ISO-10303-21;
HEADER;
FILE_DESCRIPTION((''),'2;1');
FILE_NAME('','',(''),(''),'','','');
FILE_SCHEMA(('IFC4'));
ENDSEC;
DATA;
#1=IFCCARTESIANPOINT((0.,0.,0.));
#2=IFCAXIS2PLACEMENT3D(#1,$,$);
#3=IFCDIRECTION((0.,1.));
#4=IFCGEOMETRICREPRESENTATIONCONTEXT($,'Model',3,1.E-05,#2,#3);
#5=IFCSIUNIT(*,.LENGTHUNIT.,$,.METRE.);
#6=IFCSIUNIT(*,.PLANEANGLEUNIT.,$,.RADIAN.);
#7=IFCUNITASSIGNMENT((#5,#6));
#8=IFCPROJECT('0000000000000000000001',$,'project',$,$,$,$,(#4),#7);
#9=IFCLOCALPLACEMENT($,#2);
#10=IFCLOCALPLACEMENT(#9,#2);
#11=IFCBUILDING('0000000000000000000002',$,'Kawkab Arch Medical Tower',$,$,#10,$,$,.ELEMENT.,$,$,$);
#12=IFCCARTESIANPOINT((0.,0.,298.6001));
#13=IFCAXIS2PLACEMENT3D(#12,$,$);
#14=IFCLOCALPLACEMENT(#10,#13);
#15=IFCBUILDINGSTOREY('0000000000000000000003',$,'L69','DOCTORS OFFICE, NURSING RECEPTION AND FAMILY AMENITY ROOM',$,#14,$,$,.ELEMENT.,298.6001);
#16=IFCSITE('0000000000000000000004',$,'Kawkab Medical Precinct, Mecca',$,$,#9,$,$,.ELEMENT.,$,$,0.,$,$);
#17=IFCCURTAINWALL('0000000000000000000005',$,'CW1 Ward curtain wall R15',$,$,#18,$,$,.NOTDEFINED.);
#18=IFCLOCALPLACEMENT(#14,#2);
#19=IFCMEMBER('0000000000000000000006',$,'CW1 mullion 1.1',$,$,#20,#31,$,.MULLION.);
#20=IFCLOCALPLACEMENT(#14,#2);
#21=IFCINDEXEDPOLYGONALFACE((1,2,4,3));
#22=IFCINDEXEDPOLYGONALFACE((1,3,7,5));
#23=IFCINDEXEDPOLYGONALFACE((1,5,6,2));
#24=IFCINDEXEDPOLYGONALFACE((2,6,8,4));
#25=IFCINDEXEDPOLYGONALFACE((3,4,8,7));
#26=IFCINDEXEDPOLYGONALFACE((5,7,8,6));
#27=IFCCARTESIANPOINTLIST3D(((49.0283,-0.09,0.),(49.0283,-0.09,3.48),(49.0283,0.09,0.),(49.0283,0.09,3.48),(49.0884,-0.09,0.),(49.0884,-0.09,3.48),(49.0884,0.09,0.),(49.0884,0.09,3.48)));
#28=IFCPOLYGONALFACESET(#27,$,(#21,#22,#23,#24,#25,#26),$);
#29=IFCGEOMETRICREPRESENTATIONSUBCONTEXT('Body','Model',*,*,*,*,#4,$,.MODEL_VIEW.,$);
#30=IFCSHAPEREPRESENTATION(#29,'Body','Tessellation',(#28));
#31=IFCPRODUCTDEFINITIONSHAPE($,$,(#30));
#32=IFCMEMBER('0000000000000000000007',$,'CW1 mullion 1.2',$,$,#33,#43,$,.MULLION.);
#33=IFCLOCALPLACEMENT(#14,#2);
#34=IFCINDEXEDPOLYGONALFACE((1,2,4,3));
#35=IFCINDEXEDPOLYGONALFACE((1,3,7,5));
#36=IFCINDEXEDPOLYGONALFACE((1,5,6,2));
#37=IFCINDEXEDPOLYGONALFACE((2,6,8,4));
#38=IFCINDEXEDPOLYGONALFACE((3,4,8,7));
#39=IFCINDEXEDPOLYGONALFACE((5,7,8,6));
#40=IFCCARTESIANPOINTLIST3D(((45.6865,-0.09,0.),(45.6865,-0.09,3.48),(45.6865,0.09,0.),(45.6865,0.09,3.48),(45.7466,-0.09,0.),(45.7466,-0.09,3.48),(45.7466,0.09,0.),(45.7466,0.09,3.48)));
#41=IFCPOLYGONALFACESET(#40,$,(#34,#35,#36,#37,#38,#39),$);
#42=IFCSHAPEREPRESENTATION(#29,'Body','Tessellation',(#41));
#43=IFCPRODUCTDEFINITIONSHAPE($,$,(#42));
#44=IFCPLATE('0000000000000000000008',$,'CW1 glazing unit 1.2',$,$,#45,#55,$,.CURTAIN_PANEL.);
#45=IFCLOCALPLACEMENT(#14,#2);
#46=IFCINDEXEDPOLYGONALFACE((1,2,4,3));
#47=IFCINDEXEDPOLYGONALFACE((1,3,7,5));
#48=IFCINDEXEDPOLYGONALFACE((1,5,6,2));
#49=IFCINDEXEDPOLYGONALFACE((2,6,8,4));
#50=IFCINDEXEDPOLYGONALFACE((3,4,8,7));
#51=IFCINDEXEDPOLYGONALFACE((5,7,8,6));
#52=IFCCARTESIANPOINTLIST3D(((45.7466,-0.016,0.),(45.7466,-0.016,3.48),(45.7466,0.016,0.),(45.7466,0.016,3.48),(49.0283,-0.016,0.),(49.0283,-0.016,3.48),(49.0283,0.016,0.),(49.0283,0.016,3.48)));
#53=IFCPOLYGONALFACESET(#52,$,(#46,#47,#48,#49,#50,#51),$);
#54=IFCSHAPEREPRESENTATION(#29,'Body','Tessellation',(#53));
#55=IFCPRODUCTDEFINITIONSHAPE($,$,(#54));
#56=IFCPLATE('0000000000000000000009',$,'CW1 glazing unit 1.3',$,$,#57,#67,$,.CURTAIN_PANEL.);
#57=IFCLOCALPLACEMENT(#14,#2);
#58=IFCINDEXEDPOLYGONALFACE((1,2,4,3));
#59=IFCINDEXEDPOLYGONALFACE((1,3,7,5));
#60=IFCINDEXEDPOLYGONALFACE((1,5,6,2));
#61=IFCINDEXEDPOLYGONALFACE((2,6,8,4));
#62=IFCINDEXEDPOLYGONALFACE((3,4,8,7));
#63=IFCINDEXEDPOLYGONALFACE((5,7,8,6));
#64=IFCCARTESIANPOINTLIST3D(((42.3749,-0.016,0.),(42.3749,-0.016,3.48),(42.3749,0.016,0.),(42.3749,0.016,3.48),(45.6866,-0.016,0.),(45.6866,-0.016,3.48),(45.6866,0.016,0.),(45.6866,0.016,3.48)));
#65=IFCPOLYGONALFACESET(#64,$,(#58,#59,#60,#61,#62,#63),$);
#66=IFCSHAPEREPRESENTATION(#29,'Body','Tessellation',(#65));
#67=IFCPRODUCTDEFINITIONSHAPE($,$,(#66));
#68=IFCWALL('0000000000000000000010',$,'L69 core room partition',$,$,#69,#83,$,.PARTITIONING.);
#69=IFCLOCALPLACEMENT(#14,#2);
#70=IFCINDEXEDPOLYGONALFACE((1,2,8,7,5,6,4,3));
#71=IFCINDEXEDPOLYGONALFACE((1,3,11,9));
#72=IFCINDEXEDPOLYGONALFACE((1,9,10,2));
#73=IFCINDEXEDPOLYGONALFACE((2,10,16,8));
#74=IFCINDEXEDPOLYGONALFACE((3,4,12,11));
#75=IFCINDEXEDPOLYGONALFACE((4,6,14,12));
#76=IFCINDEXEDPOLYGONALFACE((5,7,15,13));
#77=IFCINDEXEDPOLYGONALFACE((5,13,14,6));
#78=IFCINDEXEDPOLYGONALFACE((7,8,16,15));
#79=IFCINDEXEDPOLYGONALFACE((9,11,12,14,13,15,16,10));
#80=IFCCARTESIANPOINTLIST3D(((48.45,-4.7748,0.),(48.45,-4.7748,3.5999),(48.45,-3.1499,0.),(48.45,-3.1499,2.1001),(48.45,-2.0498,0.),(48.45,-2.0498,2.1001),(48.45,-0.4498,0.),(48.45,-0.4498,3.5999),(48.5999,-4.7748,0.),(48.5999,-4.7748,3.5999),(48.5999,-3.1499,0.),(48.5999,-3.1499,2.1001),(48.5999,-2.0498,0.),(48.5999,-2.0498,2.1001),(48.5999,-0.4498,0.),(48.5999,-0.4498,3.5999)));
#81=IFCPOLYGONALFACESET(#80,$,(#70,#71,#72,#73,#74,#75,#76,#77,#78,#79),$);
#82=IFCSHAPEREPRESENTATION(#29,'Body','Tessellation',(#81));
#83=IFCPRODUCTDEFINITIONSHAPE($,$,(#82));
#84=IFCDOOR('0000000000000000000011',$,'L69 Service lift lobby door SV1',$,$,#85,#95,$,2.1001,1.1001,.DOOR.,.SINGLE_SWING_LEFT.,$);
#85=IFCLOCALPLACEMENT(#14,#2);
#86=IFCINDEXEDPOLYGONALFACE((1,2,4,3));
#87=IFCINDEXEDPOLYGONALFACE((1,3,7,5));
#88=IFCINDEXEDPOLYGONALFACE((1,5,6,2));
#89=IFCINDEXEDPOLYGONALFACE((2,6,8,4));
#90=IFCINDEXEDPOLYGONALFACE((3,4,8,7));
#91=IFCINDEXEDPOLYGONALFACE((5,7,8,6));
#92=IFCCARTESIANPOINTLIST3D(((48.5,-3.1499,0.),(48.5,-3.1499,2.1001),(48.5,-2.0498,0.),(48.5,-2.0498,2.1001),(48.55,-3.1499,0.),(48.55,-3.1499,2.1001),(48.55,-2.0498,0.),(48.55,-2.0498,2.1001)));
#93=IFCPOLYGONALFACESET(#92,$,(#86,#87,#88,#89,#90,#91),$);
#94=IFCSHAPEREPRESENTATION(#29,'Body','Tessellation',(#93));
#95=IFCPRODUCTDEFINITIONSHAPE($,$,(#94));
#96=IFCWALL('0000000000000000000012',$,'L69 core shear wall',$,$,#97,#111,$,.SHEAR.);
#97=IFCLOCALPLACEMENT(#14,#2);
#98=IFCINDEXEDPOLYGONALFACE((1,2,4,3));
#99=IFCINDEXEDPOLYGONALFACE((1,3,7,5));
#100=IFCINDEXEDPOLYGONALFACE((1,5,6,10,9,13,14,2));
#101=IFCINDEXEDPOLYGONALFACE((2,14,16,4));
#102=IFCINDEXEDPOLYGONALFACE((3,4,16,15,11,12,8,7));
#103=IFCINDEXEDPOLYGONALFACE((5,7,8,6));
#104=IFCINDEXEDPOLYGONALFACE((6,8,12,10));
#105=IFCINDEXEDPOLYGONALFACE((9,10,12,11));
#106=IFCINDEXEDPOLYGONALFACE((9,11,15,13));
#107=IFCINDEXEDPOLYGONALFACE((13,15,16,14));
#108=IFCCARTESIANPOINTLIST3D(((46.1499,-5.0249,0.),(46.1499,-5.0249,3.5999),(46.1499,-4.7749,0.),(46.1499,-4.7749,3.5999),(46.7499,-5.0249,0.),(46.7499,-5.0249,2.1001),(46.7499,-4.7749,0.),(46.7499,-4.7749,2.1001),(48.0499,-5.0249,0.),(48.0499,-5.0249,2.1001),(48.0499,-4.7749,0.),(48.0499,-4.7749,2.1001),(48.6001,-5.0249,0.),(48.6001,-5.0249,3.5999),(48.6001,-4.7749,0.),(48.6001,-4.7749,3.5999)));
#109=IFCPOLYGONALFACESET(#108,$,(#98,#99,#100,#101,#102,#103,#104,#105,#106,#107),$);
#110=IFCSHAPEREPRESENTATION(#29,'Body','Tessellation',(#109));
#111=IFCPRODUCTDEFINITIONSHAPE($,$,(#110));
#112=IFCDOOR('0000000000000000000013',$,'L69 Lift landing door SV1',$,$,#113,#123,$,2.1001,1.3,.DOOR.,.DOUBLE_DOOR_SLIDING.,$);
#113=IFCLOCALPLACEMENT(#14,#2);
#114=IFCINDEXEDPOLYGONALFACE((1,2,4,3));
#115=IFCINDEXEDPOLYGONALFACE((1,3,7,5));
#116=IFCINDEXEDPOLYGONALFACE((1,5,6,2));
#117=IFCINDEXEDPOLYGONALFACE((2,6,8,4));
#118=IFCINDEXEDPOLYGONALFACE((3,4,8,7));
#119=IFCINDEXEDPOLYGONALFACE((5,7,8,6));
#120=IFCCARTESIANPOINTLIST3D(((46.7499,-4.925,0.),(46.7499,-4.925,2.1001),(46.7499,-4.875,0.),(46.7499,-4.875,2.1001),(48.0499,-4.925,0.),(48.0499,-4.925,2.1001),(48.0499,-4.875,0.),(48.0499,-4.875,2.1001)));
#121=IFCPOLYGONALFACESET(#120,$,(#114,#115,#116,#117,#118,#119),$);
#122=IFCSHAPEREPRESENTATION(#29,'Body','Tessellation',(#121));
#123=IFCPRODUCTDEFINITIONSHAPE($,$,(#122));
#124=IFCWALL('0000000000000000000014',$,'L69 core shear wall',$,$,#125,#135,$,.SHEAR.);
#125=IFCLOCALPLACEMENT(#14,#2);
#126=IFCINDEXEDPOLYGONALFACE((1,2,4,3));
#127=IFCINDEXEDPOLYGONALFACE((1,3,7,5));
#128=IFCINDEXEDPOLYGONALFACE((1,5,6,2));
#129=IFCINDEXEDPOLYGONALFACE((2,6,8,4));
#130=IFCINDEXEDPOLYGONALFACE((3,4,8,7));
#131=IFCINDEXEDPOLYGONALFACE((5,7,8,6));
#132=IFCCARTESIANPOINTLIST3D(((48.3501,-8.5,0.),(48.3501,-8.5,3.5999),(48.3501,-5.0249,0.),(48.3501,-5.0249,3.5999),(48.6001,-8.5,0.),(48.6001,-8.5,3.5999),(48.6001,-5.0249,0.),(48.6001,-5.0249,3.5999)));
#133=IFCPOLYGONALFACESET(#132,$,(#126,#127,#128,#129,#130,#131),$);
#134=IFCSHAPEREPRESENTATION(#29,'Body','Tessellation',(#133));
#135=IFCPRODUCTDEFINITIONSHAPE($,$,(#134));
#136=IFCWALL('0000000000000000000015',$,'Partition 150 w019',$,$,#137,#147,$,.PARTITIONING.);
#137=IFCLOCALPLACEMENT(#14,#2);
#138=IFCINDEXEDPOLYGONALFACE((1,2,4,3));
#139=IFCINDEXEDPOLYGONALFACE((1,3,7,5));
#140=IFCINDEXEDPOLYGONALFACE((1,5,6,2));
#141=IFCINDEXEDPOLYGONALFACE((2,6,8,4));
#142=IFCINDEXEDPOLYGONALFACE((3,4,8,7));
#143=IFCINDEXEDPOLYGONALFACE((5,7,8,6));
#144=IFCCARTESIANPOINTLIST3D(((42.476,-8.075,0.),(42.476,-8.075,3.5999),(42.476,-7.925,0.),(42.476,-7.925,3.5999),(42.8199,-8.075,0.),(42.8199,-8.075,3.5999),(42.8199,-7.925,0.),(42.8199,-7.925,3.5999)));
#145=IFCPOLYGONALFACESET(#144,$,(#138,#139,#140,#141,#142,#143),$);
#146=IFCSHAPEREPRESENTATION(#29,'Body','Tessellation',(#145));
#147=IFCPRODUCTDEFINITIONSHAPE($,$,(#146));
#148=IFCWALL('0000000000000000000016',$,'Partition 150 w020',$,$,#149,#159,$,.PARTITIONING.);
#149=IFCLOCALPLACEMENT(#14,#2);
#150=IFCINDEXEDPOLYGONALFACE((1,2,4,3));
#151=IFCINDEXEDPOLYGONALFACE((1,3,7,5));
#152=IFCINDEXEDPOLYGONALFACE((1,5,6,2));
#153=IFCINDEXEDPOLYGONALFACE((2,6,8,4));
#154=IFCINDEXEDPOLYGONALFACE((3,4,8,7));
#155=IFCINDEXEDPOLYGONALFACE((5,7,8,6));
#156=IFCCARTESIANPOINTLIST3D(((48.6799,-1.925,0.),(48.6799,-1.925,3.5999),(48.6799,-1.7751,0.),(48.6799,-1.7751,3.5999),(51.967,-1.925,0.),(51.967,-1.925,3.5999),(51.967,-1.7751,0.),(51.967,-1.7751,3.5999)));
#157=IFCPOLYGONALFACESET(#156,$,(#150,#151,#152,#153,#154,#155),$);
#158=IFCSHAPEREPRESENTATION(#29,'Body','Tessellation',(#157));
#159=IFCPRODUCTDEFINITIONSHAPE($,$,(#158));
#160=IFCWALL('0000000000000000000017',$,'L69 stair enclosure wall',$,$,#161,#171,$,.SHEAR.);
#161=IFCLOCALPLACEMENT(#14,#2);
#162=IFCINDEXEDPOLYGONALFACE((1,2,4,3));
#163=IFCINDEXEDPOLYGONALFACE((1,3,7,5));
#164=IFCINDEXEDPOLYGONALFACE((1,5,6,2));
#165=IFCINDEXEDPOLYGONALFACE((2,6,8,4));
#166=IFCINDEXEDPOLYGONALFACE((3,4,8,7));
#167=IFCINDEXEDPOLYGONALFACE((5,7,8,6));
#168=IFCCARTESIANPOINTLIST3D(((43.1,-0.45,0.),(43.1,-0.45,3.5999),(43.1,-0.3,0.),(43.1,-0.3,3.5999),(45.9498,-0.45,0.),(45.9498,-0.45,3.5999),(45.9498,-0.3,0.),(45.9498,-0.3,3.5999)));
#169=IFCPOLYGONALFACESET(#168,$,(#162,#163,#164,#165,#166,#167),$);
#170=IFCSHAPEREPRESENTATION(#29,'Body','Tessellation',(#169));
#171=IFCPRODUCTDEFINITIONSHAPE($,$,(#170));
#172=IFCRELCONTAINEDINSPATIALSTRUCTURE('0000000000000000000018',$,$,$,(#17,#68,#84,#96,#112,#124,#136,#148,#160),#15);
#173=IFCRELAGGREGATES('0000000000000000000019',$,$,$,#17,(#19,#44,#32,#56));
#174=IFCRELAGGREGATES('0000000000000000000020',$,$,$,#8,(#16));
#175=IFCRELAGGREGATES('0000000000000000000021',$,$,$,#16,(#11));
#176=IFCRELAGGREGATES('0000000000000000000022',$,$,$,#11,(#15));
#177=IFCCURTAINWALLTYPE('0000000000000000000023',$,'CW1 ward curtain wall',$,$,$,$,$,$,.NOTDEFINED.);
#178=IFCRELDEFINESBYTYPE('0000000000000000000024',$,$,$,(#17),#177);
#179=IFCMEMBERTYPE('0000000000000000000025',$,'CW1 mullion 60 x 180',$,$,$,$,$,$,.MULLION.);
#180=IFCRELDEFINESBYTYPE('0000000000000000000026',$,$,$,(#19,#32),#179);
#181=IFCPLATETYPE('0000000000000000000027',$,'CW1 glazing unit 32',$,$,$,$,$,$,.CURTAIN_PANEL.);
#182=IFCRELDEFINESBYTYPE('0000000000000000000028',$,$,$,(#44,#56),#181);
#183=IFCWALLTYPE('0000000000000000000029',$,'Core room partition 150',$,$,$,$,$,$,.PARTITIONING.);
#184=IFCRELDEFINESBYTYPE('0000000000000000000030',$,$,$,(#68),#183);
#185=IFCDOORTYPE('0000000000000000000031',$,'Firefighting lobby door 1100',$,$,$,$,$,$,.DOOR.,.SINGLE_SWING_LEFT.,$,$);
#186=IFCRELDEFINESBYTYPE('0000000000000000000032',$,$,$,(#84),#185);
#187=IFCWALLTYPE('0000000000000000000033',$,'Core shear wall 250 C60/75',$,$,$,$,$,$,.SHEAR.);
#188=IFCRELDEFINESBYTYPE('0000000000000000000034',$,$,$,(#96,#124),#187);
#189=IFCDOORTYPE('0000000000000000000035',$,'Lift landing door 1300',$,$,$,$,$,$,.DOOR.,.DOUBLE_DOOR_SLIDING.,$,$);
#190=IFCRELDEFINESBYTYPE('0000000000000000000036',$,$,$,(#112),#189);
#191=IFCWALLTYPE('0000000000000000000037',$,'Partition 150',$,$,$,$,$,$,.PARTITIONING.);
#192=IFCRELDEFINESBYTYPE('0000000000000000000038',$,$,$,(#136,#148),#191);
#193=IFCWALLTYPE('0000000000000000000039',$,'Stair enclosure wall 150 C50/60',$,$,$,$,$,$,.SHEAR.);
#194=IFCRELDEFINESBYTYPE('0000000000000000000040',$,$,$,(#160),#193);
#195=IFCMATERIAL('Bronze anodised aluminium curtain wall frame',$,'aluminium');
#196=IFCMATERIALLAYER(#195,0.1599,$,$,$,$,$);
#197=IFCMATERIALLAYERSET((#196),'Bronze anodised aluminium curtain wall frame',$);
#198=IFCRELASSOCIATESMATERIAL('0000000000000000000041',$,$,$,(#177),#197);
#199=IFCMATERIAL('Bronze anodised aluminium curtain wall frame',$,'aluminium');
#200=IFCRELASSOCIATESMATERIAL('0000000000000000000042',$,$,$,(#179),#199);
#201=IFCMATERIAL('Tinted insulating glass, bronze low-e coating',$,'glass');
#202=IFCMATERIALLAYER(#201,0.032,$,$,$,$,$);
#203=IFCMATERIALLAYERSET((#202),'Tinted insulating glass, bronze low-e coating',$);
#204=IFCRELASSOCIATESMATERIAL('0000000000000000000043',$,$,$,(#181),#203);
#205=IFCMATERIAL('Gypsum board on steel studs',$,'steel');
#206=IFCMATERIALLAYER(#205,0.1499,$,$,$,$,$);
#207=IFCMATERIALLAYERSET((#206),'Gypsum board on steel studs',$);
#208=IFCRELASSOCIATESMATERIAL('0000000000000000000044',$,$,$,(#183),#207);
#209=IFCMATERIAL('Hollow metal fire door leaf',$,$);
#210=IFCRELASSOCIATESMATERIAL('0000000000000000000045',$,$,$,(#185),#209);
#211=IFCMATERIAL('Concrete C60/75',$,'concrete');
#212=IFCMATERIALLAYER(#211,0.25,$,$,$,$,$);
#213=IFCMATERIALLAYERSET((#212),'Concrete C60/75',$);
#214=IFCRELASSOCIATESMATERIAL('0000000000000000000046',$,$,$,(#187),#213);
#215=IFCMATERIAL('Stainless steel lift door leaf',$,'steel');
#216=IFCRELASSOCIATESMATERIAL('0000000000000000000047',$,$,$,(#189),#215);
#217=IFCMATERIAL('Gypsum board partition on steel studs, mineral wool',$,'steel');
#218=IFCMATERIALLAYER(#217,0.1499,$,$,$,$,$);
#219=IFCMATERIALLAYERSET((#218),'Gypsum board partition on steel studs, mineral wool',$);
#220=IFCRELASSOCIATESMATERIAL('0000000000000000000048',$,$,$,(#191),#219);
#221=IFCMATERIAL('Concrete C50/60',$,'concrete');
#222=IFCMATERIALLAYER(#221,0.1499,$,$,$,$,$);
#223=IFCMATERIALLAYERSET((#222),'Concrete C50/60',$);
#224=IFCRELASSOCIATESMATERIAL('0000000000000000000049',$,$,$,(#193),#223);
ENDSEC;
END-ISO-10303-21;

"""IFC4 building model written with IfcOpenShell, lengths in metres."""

from ifc_helpers import new_model, si_unit, direction, frame, frame_2d, origin, origin_2d, place, context, subcontext, project, spatial, rectangle, extrude, material, layer, layer_set, material_profile, profile_set, type_object, element, fill, aggregate, save


model = new_model("IFC4")

# Units and contexts
model_context = context("Model", 3, precision=1e-05, world=origin(), true_north=direction((0.0, 1.0)))
body_context = subcontext(model_context, "Body", "Model", "MODEL_VIEW")
ifc_project = project(units=[si_unit("LENGTHUNIT", "METRE"), si_unit("PLANEANGLEUNIT", "RADIAN")], contexts=[model_context])

# Site, building, storey
site_placement = place(None, origin())
site = spatial("IfcSite", under=ifc_project, at=site_placement, Name="Kawkab Medical Precinct, Mecca", CompositionType="ELEMENT", RefElevation=0.0)
building_placement = place(site_placement, origin())
building = spatial("IfcBuilding", under=site, at=building_placement, Name="Kawkab Arch Medical Tower", CompositionType="ELEMENT")
storey_placement = place(building_placement, frame((0.0, 0.0, 298.6001)))
storey = spatial("IfcBuildingStorey", under=building, at=storey_placement, Name="L69", Description="DOCTORS OFFICE, NURSING RECEPTION AND FAMILY AMENITY ROOM", CompositionType="ELEMENT", Elevation=298.6001)

# Curtain wall, members, plates
ifc_material_1 = material(Name="Bronze anodised aluminium curtain wall frame", Category="aluminium")
ifc_layer_1 = layer(ifc_material_1, 0.1599)
ifc_layer_set_1 = layer_set([ifc_layer_1], Name="Bronze anodised aluminium curtain wall frame")
curtain_wall_type = type_object("IfcCurtainWallType", Name="CW1 ward curtain wall", PredefinedType="NOTDEFINED", material=ifc_layer_set_1)
placement = place(storey_placement, origin())
curtain_wall = element("IfcCurtainWall", 1, at=placement, inside=storey, type_object=curtain_wall_type, Name="CW1 Ward curtain wall R15", PredefinedType="NOTDEFINED")
ifc_material_2 = material(Name="Bronze anodised aluminium curtain wall frame", Category="aluminium")
ifc_material_profile_1 = material_profile(ifc_material_2, rectangle(XDim=0.1799, YDim=0.0601, at=origin_2d()), Name="AL 60x180")
ifc_profile_set_1 = profile_set([ifc_material_profile_1], Name="Bronze anodised aluminium curtain wall frame")
member_type = type_object("IfcMemberType", Name="CW1 mullion 60 x 180", PredefinedType="MULLION", material=ifc_profile_set_1)
member_1_placement = place(storey_placement, frame((49.0583, 0.0, 0.0), z_axis=(0.0, 0.0, 1.0), x_axis=(0.0, -1.0, 0.0)))
member_1 = element("IfcMember", 2, at=member_1_placement, type_object=member_type, Name="CW1 mullion 1.1", PredefinedType="MULLION", context=body_context, shape_type="SweptSolid", body=[
    extrude(rectangle(XDim=0.1799, YDim=0.0601, at=origin_2d()), origin(), (0.0, 0.0, 1.0), 3.48),
])
member_2_placement = place(storey_placement, frame((45.7166, 0.0, 0.0), z_axis=(0.0, 0.0, 1.0), x_axis=(0.0, -1.0, 0.0)))
member_2 = element("IfcMember", 3, at=member_2_placement, type_object=member_type, Name="CW1 mullion 1.2", PredefinedType="MULLION", context=body_context, shape_type="SweptSolid", body=[
    extrude(rectangle(XDim=0.1799, YDim=0.0601, at=origin_2d()), origin(), (0.0, 0.0, 1.0), 3.48),
])
ifc_material_3 = material(Name="Tinted insulating glass, bronze low-e coating", Category="glass")
ifc_layer_2 = layer(ifc_material_3, 0.032)
ifc_layer_set_2 = layer_set([ifc_layer_2], Name="Tinted insulating glass, bronze low-e coating")
plate_type = type_object("IfcPlateType", Name="CW1 glazing unit 32", PredefinedType="CURTAIN_PANEL", material=ifc_layer_set_2)
plate_1_placement = place(storey_placement, frame((47.3875, 0.0, 0.0), z_axis=(0.0, 0.0, 1.0), x_axis=(-1.0, 0.0, 0.0)))
plate_1 = element("IfcPlate", 4, at=plate_1_placement, type_object=plate_type, Name="CW1 glazing unit 1.2", PredefinedType="CURTAIN_PANEL", context=body_context, shape_type="SweptSolid", body=[
    extrude(rectangle(XDim=3.2817, YDim=0.032, at=origin_2d()), origin(), (0.0, 0.0, 1.0), 3.48),
])
plate_2_placement = place(storey_placement, frame((44.0308, 0.0, 0.0), z_axis=(0.0, 0.0, 1.0), x_axis=(-1.0, 0.0, 0.0)))
plate_2 = element("IfcPlate", 5, at=plate_2_placement, type_object=plate_type, Name="CW1 glazing unit 1.3", PredefinedType="CURTAIN_PANEL", context=body_context, shape_type="SweptSolid", body=[
    extrude(rectangle(XDim=3.3118, YDim=0.032, at=origin_2d()), origin(), (0.0, 0.0, 1.0), 3.48),
])
aggregate(curtain_wall, [member_1, plate_1, member_2, plate_2])

# Walls, openings, doors
ifc_material_4 = material(Name="Gypsum board on steel studs", Category="steel")
ifc_layer_3 = layer(ifc_material_4, 0.1499)
ifc_layer_set_3 = layer_set([ifc_layer_3], Name="Gypsum board on steel studs")
wall_type_1 = type_object("IfcWallType", Name="Core room partition 150", PredefinedType="PARTITIONING", material=ifc_layer_set_3)
wall_1_placement = place(storey_placement, frame((48.5249, -4.7749, 0.0), z_axis=(0.0, 0.0, 1.0), x_axis=(0.0, 1.0, 0.0)))
wall_1 = element("IfcWall", 6, at=wall_1_placement, inside=storey, type_object=wall_type_1, Name="L69 core room partition", PredefinedType="PARTITIONING", context=body_context, shape_type="SweptSolid", body=[
    extrude(rectangle(XDim=4.325, YDim=0.1499, at=frame_2d((2.1626, 0.0))), origin(), (0.0, 0.0, 1.0), 3.5999),
])
opening_1_placement = place(wall_1_placement, frame((1.625, 0.0, 0.0)))
opening_1 = element("IfcOpeningElement", 7, at=opening_1_placement, cuts=wall_1, PredefinedType="OPENING", context=body_context, shape_type="SweptSolid", body=[
    extrude(rectangle(XDim=1.1001, YDim=2.1001, at=frame_2d((0.55, 1.05))), frame((0.0, 0.085, 0.0), z_axis=(0.0, -1.0, 0.0), x_axis=(1.0, 0.0, 0.0)), (0.0, 0.0, 1.0), 0.1699),
])
ifc_material_5 = material(Name="Hollow metal fire door leaf")
door_type_1 = type_object("IfcDoorType", Name="Firefighting lobby door 1100", OperationType="SINGLE_SWING_LEFT", PredefinedType="DOOR", material=ifc_material_5)
door_1_placement = place(opening_1_placement, origin())
door_1 = element("IfcDoor", 8, at=door_1_placement, inside=storey, type_object=door_type_1, Name="L69 Service lift lobby door SV1", OperationType="SINGLE_SWING_LEFT", OverallHeight=2.1001, OverallWidth=1.1001, PredefinedType="DOOR", context=body_context, shape_type="SweptSolid", body=[
    extrude(rectangle(XDim=1.1001, YDim=2.1001, at=frame_2d((0.55, 1.05))), frame((0.0, 0.0249, 0.0), z_axis=(0.0, -1.0, 0.0), x_axis=(1.0, 0.0, 0.0)), (0.0, 0.0, 1.0), 0.05),
])
fill(opening_1, door_1)
ifc_material_6 = material(Name="Concrete C60/75", Category="concrete")
ifc_layer_4 = layer(ifc_material_6, 0.25)
ifc_layer_set_4 = layer_set([ifc_layer_4], Name="Concrete C60/75")
wall_type_2 = type_object("IfcWallType", Name="Core shear wall 250 C60/75", PredefinedType="SHEAR", material=ifc_layer_set_4)
wall_2_placement = place(storey_placement, frame((46.1499, -4.8999, 0.0), z_axis=(0.0, 0.0, 1.0), x_axis=(1.0, 0.0, 0.0)))
wall_2 = element("IfcWall", 9, at=wall_2_placement, inside=storey, type_object=wall_type_2, Name="L69 core shear wall", PredefinedType="SHEAR", context=body_context, shape_type="SweptSolid", body=[
    extrude(rectangle(XDim=2.4502, YDim=0.25, at=frame_2d((1.2251, 0.0))), origin(), (0.0, 0.0, 1.0), 3.5999),
])
opening_2_placement = place(wall_2_placement, frame((0.6001, 0.0, 0.0)))
opening_2 = element("IfcOpeningElement", 10, at=opening_2_placement, cuts=wall_2, PredefinedType="OPENING", context=body_context, shape_type="SweptSolid", body=[
    extrude(rectangle(XDim=1.3, YDim=2.1001, at=frame_2d((0.6499, 1.05))), frame((0.0, 0.135, 0.0), z_axis=(0.0, -1.0, 0.0), x_axis=(1.0, 0.0, 0.0)), (0.0, 0.0, 1.0), 0.27),
])
ifc_material_7 = material(Name="Stainless steel lift door leaf", Category="steel")
door_type_2 = type_object("IfcDoorType", Name="Lift landing door 1300", OperationType="DOUBLE_DOOR_SLIDING", PredefinedType="DOOR", material=ifc_material_7)
door_2_placement = place(opening_2_placement, origin())
door_2 = element("IfcDoor", 11, at=door_2_placement, inside=storey, type_object=door_type_2, Name="L69 Lift landing door SV1", OperationType="DOUBLE_DOOR_SLIDING", OverallHeight=2.1001, OverallWidth=1.3, PredefinedType="DOOR", context=body_context, shape_type="SweptSolid", body=[
    extrude(rectangle(XDim=1.3, YDim=2.1001, at=frame_2d((0.6499, 1.05))), frame((0.0, 0.0249, 0.0), z_axis=(0.0, -1.0, 0.0), x_axis=(1.0, 0.0, 0.0)), (0.0, 0.0, 1.0), 0.05),
])
fill(opening_2, door_2)

# Walls
wall_3_placement = place(storey_placement, frame((48.4751, -8.5, 0.0), z_axis=(0.0, 0.0, 1.0), x_axis=(0.0, 1.0, 0.0)))
element("IfcWall", 12, at=wall_3_placement, inside=storey, type_object=wall_type_2, Name="L69 core shear wall", PredefinedType="SHEAR", context=body_context, shape_type="SweptSolid", body=[
    extrude(rectangle(XDim=3.4751, YDim=0.25, at=frame_2d((1.7375, 0.0))), origin(), (0.0, 0.0, 1.0), 3.5999),
])
ifc_material_8 = material(Name="Gypsum board partition on steel studs, mineral wool", Category="steel")
ifc_layer_5 = layer(ifc_material_8, 0.1499)
ifc_layer_set_5 = layer_set([ifc_layer_5], Name="Gypsum board partition on steel studs, mineral wool")
wall_type_3 = type_object("IfcWallType", Name="Partition 150", PredefinedType="PARTITIONING", material=ifc_layer_set_5)
wall_4_placement = place(storey_placement, frame((42.4761, -8.0, 0.0), z_axis=(0.0, 0.0, 1.0), x_axis=(1.0, 0.0, 0.0)))
element("IfcWall", 13, at=wall_4_placement, inside=storey, type_object=wall_type_3, Name="Partition 150 w019", PredefinedType="PARTITIONING", context=body_context, shape_type="SweptSolid", body=[
    extrude(rectangle(XDim=0.344, YDim=0.1499, at=frame_2d((0.1719, 0.0))), origin(), (0.0, 0.0, 1.0), 3.5999),
])
wall_5_placement = place(storey_placement, frame((48.6799, -1.8501, 0.0), z_axis=(0.0, 0.0, 1.0), x_axis=(1.0, 0.0, 0.0)))
element("IfcWall", 14, at=wall_5_placement, inside=storey, type_object=wall_type_3, Name="Partition 150 w020", PredefinedType="PARTITIONING", context=body_context, shape_type="SweptSolid", body=[
    extrude(rectangle(XDim=3.2871, YDim=0.1499, at=frame_2d((1.6436, 0.0))), origin(), (0.0, 0.0, 1.0), 3.5999),
])
ifc_material_9 = material(Name="Concrete C50/60", Category="concrete")
ifc_layer_6 = layer(ifc_material_9, 0.1499)
ifc_layer_set_6 = layer_set([ifc_layer_6], Name="Concrete C50/60")
wall_type_4 = type_object("IfcWallType", Name="Stair enclosure wall 150 C50/60", PredefinedType="SHEAR", material=ifc_layer_set_6)
wall_6_placement = place(storey_placement, frame((43.1001, -0.375, 0.0), z_axis=(0.0, 0.0, 1.0), x_axis=(1.0, 0.0, 0.0)))
element("IfcWall", 15, at=wall_6_placement, inside=storey, type_object=wall_type_4, Name="L69 stair enclosure wall", PredefinedType="SHEAR", context=body_context, shape_type="SweptSolid", body=[
    extrude(rectangle(XDim=2.8499, YDim=0.1499, at=frame_2d((1.4248, 0.0))), origin(), (0.0, 0.0, 1.0), 3.5999),
])

save(model, "model.ifc")
